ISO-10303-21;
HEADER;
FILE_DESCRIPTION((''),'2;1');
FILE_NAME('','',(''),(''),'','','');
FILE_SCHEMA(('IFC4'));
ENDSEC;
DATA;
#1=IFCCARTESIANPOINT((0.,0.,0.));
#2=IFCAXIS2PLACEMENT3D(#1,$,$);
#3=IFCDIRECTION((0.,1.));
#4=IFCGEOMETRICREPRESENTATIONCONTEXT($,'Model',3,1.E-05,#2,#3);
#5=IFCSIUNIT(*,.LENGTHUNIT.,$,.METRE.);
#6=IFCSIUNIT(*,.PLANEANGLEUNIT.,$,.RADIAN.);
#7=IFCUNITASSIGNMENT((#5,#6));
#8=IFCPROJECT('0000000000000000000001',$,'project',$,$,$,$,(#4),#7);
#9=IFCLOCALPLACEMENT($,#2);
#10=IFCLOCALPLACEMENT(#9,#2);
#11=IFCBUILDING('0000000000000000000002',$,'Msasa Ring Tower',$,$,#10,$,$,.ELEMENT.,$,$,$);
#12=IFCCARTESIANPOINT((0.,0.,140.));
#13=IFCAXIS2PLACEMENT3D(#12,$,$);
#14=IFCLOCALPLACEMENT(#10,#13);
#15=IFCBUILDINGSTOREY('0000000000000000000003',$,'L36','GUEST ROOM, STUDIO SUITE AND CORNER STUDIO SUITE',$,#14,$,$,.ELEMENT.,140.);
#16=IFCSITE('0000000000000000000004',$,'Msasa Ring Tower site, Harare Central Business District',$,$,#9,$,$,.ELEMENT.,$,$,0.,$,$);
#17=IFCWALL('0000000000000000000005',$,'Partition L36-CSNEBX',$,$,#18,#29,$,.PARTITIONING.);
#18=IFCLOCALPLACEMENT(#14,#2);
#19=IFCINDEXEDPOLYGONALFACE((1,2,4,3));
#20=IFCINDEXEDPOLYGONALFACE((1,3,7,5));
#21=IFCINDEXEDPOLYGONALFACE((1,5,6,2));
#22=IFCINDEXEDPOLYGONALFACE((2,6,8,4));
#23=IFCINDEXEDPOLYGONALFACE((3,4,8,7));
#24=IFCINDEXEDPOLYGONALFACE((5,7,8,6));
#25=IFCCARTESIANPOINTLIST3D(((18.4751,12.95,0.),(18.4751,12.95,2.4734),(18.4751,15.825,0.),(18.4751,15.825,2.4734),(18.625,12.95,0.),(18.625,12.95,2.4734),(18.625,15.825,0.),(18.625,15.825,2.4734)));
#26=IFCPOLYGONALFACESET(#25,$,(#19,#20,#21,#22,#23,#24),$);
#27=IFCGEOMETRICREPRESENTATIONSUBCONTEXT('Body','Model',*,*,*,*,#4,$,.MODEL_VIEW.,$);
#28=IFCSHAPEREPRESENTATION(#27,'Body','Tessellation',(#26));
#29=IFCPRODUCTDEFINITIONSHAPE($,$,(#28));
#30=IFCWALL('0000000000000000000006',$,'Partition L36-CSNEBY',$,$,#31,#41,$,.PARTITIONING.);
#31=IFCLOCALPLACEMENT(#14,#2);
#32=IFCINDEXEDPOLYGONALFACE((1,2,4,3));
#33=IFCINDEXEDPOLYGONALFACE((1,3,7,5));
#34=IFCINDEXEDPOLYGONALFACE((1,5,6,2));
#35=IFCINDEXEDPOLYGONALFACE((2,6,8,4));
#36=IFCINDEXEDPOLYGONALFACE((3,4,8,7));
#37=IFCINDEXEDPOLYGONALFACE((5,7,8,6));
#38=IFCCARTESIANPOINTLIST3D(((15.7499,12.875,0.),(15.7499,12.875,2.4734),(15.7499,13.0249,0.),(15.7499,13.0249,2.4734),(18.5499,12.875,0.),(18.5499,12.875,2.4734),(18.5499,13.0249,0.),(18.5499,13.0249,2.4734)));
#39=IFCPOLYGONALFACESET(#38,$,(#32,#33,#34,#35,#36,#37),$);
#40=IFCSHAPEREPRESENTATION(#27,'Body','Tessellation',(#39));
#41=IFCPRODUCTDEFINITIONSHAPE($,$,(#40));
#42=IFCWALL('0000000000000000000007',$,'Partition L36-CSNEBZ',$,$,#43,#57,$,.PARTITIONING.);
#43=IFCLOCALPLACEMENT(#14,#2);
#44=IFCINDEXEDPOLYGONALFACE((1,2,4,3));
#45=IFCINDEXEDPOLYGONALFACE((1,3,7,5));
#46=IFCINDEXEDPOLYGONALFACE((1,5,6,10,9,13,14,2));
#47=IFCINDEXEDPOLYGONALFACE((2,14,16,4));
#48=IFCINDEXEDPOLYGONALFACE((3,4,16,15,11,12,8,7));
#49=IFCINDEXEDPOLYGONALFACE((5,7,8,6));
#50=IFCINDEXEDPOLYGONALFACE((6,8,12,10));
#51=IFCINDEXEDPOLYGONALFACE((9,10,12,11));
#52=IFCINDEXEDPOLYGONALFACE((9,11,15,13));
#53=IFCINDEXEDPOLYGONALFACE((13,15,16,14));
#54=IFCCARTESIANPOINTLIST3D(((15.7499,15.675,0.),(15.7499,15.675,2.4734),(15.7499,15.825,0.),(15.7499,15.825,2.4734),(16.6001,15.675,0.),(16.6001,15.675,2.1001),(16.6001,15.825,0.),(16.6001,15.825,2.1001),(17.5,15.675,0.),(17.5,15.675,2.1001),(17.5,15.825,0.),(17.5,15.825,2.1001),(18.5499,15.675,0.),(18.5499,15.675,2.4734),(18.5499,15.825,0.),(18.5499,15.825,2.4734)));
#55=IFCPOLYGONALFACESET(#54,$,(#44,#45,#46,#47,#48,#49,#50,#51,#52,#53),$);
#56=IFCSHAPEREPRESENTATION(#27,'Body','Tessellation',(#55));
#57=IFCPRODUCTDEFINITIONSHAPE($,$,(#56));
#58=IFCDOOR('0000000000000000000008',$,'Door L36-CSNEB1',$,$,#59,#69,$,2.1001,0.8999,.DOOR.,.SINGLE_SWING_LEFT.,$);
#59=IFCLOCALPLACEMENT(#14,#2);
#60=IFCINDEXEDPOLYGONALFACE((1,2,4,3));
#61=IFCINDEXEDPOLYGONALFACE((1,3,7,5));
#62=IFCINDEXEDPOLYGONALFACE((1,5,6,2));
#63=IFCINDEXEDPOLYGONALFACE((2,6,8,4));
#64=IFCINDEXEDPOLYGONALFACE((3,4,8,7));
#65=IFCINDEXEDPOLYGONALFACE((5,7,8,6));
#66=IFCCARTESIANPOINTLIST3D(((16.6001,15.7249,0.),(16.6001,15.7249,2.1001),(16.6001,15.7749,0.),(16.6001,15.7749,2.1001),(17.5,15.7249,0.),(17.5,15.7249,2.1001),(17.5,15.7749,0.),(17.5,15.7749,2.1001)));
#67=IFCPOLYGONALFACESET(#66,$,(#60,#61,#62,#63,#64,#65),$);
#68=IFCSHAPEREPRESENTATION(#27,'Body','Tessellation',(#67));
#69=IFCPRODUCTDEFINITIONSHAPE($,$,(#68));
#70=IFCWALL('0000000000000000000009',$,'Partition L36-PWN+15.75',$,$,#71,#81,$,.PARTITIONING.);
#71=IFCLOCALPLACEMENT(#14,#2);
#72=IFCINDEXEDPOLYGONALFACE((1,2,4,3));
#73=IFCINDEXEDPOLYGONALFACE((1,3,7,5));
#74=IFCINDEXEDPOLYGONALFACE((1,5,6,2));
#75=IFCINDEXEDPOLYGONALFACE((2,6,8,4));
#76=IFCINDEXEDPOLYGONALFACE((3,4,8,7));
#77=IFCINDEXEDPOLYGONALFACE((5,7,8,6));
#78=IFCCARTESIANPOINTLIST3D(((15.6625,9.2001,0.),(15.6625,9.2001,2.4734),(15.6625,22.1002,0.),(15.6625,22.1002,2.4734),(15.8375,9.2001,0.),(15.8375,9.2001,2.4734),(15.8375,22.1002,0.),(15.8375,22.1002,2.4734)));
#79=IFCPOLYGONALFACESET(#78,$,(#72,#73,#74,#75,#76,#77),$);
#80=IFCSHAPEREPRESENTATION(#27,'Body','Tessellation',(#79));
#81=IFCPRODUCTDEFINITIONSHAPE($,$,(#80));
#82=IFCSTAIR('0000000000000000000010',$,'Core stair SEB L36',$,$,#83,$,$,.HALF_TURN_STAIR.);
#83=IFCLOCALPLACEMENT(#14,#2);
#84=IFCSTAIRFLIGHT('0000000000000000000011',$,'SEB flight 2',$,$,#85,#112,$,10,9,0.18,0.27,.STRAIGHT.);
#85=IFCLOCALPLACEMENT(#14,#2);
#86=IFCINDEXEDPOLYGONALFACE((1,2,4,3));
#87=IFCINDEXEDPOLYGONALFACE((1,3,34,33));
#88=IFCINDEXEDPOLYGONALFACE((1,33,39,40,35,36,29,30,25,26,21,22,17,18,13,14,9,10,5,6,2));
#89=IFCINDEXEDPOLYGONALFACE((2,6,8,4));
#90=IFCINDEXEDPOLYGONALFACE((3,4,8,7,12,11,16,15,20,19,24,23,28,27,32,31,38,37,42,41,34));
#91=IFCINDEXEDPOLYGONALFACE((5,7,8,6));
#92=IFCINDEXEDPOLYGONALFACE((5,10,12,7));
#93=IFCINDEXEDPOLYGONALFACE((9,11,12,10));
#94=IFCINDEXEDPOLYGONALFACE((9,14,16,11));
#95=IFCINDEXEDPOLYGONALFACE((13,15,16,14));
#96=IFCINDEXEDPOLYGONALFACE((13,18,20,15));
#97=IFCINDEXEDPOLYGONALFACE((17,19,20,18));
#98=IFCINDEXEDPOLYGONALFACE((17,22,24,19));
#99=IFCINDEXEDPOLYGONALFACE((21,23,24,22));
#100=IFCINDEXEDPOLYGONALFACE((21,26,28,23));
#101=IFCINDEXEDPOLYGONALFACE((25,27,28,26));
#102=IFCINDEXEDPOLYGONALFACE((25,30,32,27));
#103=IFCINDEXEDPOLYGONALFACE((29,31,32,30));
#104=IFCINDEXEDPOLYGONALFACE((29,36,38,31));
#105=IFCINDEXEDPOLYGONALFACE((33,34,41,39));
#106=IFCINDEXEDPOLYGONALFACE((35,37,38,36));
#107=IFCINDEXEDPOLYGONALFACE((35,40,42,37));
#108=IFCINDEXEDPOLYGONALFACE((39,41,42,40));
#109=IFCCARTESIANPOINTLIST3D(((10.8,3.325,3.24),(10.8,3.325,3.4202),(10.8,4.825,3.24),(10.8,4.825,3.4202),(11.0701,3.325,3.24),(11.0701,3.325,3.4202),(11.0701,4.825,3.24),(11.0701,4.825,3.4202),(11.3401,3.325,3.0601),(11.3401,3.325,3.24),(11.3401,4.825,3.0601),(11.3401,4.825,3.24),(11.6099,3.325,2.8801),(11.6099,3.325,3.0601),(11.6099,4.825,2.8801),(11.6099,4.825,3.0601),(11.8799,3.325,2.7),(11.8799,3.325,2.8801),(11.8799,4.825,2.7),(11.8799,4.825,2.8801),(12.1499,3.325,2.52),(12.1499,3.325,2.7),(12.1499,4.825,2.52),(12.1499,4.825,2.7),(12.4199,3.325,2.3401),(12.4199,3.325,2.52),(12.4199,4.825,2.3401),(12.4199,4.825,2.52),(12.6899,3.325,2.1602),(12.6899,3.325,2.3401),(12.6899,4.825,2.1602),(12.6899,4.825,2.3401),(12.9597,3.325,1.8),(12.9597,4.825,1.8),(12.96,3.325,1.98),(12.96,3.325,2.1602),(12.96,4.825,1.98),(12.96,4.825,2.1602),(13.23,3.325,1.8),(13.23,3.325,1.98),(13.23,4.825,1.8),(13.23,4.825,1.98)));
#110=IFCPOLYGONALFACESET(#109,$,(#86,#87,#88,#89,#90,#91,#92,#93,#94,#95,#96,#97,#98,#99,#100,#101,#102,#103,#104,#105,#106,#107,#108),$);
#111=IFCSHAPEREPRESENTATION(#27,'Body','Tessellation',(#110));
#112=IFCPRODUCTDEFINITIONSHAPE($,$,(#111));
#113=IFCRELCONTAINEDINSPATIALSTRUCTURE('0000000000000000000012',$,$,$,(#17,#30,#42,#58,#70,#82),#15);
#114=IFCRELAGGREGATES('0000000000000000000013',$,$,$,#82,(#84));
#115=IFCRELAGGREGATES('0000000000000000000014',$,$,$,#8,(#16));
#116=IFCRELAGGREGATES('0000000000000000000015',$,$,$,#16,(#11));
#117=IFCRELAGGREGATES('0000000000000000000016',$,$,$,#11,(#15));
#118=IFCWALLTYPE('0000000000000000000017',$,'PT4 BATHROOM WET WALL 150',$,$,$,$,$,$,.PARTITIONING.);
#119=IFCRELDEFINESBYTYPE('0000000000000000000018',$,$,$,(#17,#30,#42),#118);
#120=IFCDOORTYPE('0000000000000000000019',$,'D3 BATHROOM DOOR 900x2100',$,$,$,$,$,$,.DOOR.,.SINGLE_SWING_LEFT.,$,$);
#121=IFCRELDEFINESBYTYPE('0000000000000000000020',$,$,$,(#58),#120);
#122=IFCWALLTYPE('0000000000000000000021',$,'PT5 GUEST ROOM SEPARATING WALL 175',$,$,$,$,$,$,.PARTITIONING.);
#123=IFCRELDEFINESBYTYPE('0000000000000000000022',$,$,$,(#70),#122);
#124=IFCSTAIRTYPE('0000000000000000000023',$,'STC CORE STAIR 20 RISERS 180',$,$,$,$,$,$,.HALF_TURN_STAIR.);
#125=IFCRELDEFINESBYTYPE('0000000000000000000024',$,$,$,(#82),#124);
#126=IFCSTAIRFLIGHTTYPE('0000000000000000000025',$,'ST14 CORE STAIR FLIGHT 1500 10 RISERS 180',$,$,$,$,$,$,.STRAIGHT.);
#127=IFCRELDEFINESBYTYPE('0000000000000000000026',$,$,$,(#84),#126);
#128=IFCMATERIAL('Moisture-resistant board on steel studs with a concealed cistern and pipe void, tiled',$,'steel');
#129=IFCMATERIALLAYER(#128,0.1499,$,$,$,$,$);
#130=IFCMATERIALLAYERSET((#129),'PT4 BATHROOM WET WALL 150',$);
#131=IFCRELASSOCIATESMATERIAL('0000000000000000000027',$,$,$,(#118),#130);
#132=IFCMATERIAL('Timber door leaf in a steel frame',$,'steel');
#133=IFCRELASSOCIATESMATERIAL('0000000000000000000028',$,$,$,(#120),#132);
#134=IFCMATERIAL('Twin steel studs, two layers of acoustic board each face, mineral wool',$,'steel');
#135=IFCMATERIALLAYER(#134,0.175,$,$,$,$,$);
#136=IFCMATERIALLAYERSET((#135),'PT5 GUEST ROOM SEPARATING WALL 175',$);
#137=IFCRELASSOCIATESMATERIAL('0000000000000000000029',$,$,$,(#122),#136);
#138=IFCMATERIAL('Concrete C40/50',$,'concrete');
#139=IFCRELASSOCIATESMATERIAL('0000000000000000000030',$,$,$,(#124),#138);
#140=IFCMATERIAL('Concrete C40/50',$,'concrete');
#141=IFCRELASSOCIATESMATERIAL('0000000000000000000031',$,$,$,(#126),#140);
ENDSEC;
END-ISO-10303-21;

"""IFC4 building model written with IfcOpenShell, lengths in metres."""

from ifc_helpers import new_model, si_unit, direction, frame, frame_2d, origin, place, context, subcontext, project, spatial, polyline, rectangle, outline, extrude, material, layer, layer_set, type_object, element, fill, aggregate, save


model = new_model("IFC4")

# Units and contexts
model_context = context("Model", 3, precision=1e-05, world=origin(), true_north=direction((0.0, 1.0)))
body_context = subcontext(model_context, "Body", "Model", "MODEL_VIEW")
ifc_project = project(units=[si_unit("LENGTHUNIT", "METRE"), si_unit("PLANEANGLEUNIT", "RADIAN")], contexts=[model_context])

# Site, building, storey
site_placement = place(None, origin())
site = spatial("IfcSite", under=ifc_project, at=site_placement, Name="Msasa Ring Tower site, Harare Central Business District", CompositionType="ELEMENT", RefElevation=0.0)
building_placement = place(site_placement, origin())
building = spatial("IfcBuilding", under=site, at=building_placement, Name="Msasa Ring Tower", CompositionType="ELEMENT")
storey_placement = place(building_placement, frame((0.0, 0.0, 140.0)))
storey = spatial("IfcBuildingStorey", under=building, at=storey_placement, Name="L36", Description="GUEST ROOM, STUDIO SUITE AND CORNER STUDIO SUITE", CompositionType="ELEMENT", Elevation=140.0)

# Shared definitions
ifc_material_1 = material(Name="Moisture-resistant board on steel studs with a concealed cistern and pipe void, tiled", Category="steel")
ifc_layer_1 = layer(ifc_material_1, 0.1499)
ifc_layer_set_1 = layer_set([ifc_layer_1], Name="PT4 BATHROOM WET WALL 150")
wall_type_1 = type_object("IfcWallType", Name="PT4 BATHROOM WET WALL 150", PredefinedType="PARTITIONING", material=ifc_layer_set_1)
ifc_material_2 = material(Name="Timber door leaf in a steel frame", Category="steel")
door_type = type_object("IfcDoorType", Name="D3 BATHROOM DOOR 900x2100", OperationType="SINGLE_SWING_LEFT", PredefinedType="DOOR", material=ifc_material_2)

# Walls
wall_1_placement = place(storey_placement, frame((18.55, 12.95, 0.0), z_axis=(0.0, 0.0, 1.0), x_axis=(0.0, 1.0, 0.0)))
element("IfcWall", 1, at=wall_1_placement, inside=storey, type_object=wall_type_1, Name="Partition L36-CSNEBX", PredefinedType="PARTITIONING", context=body_context, shape_type="SweptSolid", body=[
    extrude(rectangle(XDim=2.875, YDim=0.1499, at=frame_2d((1.4375, 0.0))), origin(), (0.0, 0.0, 1.0), 2.4734),
])
wall_2_placement = place(storey_placement, frame((15.75, 12.95, 0.0), z_axis=(0.0, 0.0, 1.0), x_axis=(1.0, 0.0, 0.0)))
element("IfcWall", 2, at=wall_2_placement, inside=storey, type_object=wall_type_1, Name="Partition L36-CSNEBY", PredefinedType="PARTITIONING", context=body_context, shape_type="SweptSolid", body=[
    extrude(rectangle(XDim=2.8, YDim=0.1499, at=frame_2d((1.3999, 0.0))), origin(), (0.0, 0.0, 1.0), 2.4734),
])

# Wall, opening, door
wall_3_placement = place(storey_placement, frame((15.75, 15.75, 0.0), z_axis=(0.0, 0.0, 1.0), x_axis=(1.0, 0.0, 0.0)))
wall_3 = element("IfcWall", 3, at=wall_3_placement, inside=storey, type_object=wall_type_1, Name="Partition L36-CSNEBZ", PredefinedType="PARTITIONING", context=body_context, shape_type="SweptSolid", body=[
    extrude(rectangle(XDim=2.8, YDim=0.1499, at=frame_2d((1.3999, 0.0))), origin(), (0.0, 0.0, 1.0), 2.4734),
])
opening_1_placement = place(wall_3_placement, frame((0.8501, 0.0, 0.0)))
opening_1 = element("IfcOpeningElement", 4, at=opening_1_placement, cuts=wall_3, PredefinedType="OPENING", context=body_context, shape_type="SweptSolid", body=[
    extrude(rectangle(XDim=0.8999, YDim=2.1001, at=frame_2d((0.45, 1.05))), frame((0.0, 0.085, 0.0), z_axis=(0.0, -1.0, 0.0), x_axis=(1.0, 0.0, 0.0)), (0.0, 0.0, 1.0), 0.1699),
])
door_1_placement = place(opening_1_placement, origin())
door_1 = element("IfcDoor", 5, at=door_1_placement, inside=storey, type_object=door_type, Name="Door L36-CSNEB1", OperationType="SINGLE_SWING_LEFT", OverallHeight=2.1001, OverallWidth=0.8999, PredefinedType="DOOR", context=body_context, shape_type="SweptSolid", body=[
    extrude(rectangle(XDim=0.8999, YDim=2.1001, at=frame_2d((0.45, 1.05))), frame((0.0, 0.0249, 0.0), z_axis=(0.0, -1.0, 0.0), x_axis=(1.0, 0.0, 0.0)), (0.0, 0.0, 1.0), 0.05),
])
fill(opening_1, door_1)

# Wall
ifc_material_3 = material(Name="Twin steel studs, two layers of acoustic board each face, mineral wool", Category="steel")
ifc_layer_2 = layer(ifc_material_3, 0.175)
ifc_layer_set_2 = layer_set([ifc_layer_2], Name="PT5 GUEST ROOM SEPARATING WALL 175")
wall_type_2 = type_object("IfcWallType", Name="PT5 GUEST ROOM SEPARATING WALL 175", PredefinedType="PARTITIONING", material=ifc_layer_set_2)
wall_4_placement = place(storey_placement, frame((15.75, 9.2, 0.0), z_axis=(0.0, 0.0, 1.0), x_axis=(0.0, 1.0, 0.0)))
element("IfcWall", 6, at=wall_4_placement, inside=storey, type_object=wall_type_2, Name="Partition L36-PWN+15.75", PredefinedType="PARTITIONING", context=body_context, shape_type="SweptSolid", body=[
    extrude(rectangle(XDim=12.9001, YDim=0.175, at=frame_2d((6.4502, 0.0))), origin(), (0.0, 0.0, 1.0), 2.4734),
])

# Stair, stair flight
ifc_material_4 = material(Name="Concrete C40/50", Category="concrete")
stair_type = type_object("IfcStairType", Name="STC CORE STAIR 20 RISERS 180", PredefinedType="HALF_TURN_STAIR", material=ifc_material_4)
stair_placement = place(storey_placement, origin())
stair = element("IfcStair", 7, at=stair_placement, inside=storey, type_object=stair_type, Name="Core stair SEB L36", PredefinedType="HALF_TURN_STAIR")
ifc_material_5 = material(Name="Concrete C40/50", Category="concrete")
stair_flight_type = type_object("IfcStairFlightType", Name="ST14 CORE STAIR FLIGHT 1500 10 RISERS 180", PredefinedType="STRAIGHT", material=ifc_material_5)
stair_flight_placement = place(storey_placement, frame((13.23, 4.075, 1.8), z_axis=(0.0, 0.0, 1.0), x_axis=(-1.0, 0.0, 0.0)))
stair_flight = element("IfcStairFlight", 8, at=stair_flight_placement, type_object=stair_flight_type, Name="SEB flight 2", NumberOfRisers=10, NumberOfTreads=9, PredefinedType="STRAIGHT", RiserHeight=0.18, TreadLength=0.27, context=body_context, shape_type="SweptSolid", body=[
    extrude(outline(polyline([(0.0, 0.0), (0.0, 0.1799), (0.27, 0.1799), (0.27, 0.3601), (0.54, 0.3601), (0.54, 0.54), (0.8101, 0.54), (0.8101, 0.72), (1.0801, 0.72), (1.0801, 0.8999), (1.3501, 0.8999), (1.3501, 1.0801), (1.6201, 1.0801), (1.6201, 1.26), (1.8899, 1.26), (1.8899, 1.4399), (2.1599, 1.4399), (2.1599, 1.6201), (2.4299, 1.6201), (2.4299, 1.8), (2.4299, 1.4399), (0.2703, 0.0), (0.0, 0.0)])), frame((0.0, 0.75, 0.0), z_axis=(0.0, -1.0, 0.0), x_axis=(1.0, 0.0, 0.0)), (0.0, 0.0, 1.0), 1.5),
])
aggregate(stair, [stair_flight])

save(model, "model.ifc")
